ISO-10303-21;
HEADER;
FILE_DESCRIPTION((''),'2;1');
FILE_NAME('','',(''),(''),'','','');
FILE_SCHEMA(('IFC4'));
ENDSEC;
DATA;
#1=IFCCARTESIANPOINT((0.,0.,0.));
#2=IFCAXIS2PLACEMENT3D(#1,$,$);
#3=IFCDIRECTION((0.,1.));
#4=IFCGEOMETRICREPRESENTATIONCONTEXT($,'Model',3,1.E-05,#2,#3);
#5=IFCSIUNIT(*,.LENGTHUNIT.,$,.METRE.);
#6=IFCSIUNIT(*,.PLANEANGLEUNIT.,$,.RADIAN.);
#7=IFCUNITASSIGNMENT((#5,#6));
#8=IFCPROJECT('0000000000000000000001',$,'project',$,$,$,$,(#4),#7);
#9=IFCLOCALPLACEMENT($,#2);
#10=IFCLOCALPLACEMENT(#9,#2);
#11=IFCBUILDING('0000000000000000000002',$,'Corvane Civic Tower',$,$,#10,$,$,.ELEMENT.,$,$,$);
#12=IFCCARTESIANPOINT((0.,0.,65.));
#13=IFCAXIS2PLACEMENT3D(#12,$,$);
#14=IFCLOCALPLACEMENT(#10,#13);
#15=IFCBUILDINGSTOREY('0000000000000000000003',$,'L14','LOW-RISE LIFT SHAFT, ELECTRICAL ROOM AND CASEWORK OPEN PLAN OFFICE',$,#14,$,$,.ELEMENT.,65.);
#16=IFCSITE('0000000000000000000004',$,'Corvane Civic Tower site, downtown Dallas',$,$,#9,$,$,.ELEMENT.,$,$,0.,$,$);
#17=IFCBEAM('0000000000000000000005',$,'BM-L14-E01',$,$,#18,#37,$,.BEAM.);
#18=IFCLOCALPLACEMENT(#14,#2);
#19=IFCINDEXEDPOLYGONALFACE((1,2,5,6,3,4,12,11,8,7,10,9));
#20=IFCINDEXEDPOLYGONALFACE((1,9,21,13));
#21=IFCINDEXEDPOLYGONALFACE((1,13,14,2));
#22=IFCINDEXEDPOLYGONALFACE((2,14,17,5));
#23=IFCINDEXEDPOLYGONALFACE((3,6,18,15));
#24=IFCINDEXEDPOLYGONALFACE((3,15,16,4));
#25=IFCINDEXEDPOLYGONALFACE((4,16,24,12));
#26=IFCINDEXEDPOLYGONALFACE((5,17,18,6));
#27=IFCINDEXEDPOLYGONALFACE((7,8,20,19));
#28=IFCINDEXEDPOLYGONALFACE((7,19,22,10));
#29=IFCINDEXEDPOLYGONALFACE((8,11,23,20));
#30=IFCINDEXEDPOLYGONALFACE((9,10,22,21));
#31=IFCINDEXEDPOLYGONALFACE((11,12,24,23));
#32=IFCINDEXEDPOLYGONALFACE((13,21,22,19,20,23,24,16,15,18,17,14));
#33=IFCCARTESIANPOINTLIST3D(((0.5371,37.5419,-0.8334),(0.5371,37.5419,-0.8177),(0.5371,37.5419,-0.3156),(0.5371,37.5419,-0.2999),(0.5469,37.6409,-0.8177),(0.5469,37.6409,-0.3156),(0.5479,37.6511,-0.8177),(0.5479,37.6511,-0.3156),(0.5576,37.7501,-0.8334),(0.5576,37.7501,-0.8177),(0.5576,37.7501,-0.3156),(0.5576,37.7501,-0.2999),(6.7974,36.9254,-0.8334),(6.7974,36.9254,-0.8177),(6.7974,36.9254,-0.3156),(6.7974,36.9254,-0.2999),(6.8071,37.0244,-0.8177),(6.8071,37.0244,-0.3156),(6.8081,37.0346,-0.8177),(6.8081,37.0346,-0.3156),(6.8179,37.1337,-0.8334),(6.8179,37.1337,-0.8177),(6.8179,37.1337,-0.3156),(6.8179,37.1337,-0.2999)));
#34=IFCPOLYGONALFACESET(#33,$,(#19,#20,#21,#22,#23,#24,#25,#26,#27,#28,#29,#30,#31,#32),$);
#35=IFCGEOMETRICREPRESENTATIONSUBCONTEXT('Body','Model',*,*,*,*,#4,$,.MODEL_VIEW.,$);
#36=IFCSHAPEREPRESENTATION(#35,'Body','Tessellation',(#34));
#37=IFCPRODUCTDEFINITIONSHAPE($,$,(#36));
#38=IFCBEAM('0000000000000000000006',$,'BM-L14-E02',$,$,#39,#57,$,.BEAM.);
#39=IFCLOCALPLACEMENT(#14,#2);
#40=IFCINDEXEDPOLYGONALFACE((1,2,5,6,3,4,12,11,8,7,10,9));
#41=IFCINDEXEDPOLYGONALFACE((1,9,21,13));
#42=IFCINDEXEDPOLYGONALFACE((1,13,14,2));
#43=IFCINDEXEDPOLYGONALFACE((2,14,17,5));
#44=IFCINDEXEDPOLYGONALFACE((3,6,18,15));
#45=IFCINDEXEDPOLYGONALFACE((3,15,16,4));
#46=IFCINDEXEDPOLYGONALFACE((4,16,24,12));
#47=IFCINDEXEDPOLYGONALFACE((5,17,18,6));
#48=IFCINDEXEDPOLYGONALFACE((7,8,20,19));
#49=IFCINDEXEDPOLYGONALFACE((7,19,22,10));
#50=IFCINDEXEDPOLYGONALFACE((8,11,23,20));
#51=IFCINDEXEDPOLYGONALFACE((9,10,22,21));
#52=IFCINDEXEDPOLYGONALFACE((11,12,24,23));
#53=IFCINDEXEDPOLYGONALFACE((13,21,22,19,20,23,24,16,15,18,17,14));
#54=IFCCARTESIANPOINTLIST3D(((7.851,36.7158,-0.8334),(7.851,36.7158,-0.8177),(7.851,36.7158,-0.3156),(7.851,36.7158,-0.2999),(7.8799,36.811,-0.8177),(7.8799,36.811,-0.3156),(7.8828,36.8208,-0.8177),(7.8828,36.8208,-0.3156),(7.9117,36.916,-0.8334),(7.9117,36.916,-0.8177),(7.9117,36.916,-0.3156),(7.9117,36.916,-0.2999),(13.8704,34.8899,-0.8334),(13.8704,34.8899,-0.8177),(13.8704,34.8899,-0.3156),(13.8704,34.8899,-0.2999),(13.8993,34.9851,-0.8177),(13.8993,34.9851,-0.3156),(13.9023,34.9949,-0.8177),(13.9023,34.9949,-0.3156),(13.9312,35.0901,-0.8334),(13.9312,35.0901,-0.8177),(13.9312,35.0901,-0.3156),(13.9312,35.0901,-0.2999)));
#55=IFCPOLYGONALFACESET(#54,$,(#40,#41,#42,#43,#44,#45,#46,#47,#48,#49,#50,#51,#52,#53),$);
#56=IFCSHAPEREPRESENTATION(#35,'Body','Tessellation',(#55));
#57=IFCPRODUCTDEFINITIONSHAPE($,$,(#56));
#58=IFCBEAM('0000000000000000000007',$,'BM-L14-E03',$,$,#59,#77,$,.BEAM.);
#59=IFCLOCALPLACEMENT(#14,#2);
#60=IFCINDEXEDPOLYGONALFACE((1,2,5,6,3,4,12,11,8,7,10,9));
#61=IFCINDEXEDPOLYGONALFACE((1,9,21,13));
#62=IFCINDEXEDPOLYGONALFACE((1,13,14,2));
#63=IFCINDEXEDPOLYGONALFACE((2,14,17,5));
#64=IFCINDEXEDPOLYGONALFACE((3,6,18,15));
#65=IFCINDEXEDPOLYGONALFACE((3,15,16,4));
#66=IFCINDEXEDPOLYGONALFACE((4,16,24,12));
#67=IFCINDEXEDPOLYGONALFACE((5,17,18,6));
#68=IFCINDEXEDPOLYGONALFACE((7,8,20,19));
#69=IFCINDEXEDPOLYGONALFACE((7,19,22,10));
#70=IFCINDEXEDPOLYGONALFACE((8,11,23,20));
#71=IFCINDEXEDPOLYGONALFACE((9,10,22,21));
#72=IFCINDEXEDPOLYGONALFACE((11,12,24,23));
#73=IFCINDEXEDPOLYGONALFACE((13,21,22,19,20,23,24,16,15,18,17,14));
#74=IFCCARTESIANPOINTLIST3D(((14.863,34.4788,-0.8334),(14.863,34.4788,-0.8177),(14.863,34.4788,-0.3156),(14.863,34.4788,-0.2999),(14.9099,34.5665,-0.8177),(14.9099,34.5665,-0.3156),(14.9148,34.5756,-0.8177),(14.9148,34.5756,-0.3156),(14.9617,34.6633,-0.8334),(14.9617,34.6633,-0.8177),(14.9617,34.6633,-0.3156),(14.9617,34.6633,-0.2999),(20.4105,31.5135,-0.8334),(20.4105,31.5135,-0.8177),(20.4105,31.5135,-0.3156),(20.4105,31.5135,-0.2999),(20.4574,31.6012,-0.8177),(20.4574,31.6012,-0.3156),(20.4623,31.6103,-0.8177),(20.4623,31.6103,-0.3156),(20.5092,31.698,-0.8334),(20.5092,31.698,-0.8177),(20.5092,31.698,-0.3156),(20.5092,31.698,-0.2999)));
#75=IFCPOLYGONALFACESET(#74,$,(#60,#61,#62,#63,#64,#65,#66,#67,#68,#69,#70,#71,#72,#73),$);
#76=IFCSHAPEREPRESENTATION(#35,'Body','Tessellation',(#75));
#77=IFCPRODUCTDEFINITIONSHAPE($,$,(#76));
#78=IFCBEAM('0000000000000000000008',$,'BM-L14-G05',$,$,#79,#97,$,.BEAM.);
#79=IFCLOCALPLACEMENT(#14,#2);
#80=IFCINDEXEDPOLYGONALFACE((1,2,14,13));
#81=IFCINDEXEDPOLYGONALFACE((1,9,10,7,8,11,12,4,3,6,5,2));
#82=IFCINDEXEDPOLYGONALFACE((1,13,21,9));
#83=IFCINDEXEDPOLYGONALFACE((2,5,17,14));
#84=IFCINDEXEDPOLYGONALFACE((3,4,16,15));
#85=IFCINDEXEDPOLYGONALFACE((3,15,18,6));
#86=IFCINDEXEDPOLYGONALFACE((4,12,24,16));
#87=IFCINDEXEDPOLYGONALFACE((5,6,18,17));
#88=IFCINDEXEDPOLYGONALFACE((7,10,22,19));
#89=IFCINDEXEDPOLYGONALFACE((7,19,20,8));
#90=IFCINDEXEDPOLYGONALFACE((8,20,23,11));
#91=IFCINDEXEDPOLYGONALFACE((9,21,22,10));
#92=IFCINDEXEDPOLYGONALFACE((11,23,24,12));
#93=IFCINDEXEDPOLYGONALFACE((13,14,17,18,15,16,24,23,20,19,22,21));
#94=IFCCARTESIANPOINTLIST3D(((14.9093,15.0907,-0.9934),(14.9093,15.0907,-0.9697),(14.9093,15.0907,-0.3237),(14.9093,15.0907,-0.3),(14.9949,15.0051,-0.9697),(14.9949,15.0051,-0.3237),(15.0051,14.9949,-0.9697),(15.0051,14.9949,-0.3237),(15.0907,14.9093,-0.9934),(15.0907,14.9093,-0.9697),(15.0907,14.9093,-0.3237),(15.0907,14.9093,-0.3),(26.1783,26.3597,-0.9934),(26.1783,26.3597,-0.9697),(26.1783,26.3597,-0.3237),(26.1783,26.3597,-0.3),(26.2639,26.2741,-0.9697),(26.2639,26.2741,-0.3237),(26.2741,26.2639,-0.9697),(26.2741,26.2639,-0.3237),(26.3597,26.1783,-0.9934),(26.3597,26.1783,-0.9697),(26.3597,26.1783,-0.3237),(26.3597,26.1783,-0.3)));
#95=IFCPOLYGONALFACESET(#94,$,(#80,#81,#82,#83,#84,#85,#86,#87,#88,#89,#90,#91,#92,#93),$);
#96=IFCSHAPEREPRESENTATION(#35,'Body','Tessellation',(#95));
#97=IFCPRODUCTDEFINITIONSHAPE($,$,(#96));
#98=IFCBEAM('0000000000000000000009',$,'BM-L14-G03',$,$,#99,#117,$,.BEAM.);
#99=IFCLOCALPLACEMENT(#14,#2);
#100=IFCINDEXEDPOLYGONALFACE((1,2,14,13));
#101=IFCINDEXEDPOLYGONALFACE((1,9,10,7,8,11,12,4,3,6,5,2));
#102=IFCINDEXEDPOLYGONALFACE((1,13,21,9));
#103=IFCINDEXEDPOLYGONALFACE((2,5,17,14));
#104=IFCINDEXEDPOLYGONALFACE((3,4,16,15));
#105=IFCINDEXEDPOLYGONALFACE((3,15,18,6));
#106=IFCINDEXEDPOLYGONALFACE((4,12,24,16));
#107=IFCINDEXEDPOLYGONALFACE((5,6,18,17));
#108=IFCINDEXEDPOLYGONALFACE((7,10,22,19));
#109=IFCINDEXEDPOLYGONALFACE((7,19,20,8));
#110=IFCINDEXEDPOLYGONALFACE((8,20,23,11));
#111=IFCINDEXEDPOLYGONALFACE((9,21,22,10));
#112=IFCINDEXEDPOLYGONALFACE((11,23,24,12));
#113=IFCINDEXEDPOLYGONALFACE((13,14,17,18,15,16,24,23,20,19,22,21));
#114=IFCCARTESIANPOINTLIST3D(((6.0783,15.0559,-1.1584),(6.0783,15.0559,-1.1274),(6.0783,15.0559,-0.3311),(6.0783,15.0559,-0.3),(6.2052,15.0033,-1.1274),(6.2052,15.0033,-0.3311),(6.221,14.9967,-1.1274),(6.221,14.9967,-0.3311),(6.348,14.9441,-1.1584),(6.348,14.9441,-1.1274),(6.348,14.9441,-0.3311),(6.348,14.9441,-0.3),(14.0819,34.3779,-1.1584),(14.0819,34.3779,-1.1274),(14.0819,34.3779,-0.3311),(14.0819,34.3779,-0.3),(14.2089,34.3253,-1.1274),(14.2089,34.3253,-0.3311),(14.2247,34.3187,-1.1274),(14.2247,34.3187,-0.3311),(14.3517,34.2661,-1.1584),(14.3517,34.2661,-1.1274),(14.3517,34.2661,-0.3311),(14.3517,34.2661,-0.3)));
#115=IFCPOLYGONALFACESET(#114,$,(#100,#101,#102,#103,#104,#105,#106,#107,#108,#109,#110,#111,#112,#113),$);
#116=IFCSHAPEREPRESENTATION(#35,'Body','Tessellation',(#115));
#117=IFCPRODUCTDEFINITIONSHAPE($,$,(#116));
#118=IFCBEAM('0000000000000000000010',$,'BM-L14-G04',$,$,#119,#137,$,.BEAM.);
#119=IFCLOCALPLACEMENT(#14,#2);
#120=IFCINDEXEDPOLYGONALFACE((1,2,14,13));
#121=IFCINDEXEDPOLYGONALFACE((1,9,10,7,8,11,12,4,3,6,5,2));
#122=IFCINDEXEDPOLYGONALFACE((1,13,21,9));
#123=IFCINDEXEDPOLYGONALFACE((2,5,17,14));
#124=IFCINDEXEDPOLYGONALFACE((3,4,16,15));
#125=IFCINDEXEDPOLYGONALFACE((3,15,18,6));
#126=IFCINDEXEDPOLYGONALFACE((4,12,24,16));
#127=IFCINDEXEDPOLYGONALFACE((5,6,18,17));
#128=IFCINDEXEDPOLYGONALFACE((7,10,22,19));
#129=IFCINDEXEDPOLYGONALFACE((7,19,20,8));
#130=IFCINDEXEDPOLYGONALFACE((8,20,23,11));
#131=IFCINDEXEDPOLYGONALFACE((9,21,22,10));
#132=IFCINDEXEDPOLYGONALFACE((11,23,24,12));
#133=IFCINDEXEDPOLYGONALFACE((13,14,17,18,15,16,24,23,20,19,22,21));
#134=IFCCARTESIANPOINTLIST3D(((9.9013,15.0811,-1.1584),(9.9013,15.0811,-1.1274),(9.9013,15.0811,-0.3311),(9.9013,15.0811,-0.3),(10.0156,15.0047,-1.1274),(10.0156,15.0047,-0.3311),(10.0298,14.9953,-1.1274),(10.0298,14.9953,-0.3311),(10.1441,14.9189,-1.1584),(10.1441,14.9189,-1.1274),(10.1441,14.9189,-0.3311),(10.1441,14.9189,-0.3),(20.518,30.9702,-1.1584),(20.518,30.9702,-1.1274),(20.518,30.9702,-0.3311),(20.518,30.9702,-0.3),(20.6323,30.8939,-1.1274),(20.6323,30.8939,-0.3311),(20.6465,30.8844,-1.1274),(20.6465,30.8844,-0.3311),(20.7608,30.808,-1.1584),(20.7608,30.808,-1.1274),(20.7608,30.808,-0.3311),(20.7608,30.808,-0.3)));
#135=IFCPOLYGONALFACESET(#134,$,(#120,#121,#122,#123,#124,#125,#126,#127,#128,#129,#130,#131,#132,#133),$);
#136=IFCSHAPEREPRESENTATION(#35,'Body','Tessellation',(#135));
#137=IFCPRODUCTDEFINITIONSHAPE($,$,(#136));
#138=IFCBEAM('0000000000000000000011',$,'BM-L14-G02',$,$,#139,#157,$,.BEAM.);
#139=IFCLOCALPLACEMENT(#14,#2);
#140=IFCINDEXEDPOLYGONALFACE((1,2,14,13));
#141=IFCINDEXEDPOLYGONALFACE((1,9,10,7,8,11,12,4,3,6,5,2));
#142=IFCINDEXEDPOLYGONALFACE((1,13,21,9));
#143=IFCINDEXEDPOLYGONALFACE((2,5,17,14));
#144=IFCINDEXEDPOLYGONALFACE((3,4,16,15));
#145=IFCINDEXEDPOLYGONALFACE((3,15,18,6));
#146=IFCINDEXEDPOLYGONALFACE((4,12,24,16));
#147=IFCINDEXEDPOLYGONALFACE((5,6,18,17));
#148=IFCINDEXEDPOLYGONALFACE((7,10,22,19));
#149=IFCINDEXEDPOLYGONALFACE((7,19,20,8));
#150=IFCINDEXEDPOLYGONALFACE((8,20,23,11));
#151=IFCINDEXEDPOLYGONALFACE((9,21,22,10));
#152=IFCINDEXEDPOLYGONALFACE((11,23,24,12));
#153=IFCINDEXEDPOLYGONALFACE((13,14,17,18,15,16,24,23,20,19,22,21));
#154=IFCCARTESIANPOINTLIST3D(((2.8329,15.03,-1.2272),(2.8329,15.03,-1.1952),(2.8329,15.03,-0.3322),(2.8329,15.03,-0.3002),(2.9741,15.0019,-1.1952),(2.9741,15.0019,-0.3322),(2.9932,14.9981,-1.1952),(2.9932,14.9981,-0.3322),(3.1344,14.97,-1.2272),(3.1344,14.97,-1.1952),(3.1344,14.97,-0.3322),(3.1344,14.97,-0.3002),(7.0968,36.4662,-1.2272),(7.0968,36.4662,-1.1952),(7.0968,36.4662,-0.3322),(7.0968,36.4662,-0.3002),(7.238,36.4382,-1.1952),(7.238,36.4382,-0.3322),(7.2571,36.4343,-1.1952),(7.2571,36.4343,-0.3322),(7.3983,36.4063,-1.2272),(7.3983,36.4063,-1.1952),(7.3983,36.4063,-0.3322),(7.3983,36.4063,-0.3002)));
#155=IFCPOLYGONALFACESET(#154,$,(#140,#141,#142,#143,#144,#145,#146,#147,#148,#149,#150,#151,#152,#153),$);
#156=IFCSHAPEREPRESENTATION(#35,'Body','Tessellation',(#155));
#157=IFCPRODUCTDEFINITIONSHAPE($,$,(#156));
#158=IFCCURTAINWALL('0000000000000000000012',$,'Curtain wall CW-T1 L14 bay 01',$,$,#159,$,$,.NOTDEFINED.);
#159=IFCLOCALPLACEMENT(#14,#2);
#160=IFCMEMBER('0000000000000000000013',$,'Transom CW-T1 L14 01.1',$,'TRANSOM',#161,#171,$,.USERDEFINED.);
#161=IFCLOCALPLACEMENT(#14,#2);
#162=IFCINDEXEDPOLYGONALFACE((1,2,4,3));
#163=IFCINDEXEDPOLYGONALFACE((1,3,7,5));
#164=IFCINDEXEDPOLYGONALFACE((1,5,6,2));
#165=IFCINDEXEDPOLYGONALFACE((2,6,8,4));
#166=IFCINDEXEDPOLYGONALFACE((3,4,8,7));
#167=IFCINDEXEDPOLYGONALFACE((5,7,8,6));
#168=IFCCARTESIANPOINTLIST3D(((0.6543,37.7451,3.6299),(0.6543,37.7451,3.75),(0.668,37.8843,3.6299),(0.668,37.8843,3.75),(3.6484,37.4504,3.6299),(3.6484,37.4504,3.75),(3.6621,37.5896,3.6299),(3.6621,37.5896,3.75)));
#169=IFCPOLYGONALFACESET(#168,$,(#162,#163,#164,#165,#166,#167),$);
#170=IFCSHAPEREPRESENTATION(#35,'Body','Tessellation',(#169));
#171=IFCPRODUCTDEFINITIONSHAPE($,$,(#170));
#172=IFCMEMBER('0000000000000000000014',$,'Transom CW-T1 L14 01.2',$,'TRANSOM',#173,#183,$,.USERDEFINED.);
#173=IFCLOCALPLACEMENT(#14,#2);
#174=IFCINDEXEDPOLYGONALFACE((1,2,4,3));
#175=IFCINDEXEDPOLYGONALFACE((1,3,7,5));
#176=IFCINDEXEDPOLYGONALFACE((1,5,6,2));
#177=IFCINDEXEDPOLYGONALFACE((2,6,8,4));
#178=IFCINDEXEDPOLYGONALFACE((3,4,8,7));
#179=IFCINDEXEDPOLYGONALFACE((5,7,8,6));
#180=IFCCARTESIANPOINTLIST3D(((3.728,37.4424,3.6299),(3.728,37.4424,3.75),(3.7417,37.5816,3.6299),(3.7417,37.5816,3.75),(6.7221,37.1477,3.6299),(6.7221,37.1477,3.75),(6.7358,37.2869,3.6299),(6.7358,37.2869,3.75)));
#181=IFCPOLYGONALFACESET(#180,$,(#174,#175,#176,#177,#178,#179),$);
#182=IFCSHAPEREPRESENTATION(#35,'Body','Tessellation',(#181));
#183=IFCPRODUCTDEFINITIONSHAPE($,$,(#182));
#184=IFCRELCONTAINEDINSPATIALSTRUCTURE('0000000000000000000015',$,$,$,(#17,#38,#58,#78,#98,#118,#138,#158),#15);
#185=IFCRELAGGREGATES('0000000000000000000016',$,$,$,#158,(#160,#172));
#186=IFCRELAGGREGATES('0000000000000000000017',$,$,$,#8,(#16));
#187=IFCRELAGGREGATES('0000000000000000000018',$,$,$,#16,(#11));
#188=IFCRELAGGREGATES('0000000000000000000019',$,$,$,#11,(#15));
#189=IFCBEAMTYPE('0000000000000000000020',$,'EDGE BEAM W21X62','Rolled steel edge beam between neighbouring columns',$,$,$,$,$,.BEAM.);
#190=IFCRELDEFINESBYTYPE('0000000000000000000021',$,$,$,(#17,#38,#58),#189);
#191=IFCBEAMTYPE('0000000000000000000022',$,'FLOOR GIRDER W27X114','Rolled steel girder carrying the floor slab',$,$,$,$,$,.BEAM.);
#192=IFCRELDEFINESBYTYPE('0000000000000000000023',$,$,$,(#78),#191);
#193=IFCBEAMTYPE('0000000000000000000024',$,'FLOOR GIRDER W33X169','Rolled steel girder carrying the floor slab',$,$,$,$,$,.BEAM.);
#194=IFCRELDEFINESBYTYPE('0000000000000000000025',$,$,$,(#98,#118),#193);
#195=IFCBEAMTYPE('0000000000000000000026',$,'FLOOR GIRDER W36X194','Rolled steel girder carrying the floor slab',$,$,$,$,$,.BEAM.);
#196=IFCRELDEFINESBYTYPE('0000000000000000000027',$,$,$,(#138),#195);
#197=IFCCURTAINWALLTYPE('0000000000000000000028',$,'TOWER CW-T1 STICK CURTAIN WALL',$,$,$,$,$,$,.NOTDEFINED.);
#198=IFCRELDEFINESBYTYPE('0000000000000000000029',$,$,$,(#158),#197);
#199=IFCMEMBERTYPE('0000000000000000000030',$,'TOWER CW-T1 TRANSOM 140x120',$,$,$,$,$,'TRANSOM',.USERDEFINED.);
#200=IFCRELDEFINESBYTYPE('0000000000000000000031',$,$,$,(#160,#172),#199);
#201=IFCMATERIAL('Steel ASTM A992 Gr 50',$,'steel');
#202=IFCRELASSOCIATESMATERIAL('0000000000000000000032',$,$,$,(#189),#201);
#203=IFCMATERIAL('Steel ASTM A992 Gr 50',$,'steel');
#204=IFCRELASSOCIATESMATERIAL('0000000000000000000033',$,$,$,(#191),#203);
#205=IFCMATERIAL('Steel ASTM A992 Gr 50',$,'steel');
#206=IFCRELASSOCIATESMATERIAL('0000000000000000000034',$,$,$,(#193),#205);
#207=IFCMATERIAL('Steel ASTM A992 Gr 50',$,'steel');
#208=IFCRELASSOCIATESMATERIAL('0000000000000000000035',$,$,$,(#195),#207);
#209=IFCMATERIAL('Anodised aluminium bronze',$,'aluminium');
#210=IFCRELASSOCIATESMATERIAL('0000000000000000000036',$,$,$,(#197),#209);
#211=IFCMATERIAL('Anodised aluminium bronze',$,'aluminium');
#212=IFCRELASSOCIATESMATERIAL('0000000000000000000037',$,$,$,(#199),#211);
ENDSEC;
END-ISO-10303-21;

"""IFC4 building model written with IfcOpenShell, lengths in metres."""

from ifc_helpers import new_model, si_unit, direction, frame, origin, origin_2d, place, context, subcontext, project, spatial, rectangle, i_section, extrude, material, material_profile, profile_set, type_object, element, aggregate, save


model = new_model("IFC4")

# Units and contexts
model_context = context("Model", 3, precision=1e-05, world=origin(), true_north=direction((0.0, 1.0)))
body_context = subcontext(model_context, "Body", "Model", "MODEL_VIEW")
ifc_project = project(units=[si_unit("LENGTHUNIT", "METRE"), si_unit("PLANEANGLEUNIT", "RADIAN")], contexts=[model_context])

# Site, building, storey
site_placement = place(None, origin())
site = spatial("IfcSite", under=ifc_project, at=site_placement, Name="Corvane Civic Tower site, downtown Dallas", CompositionType="ELEMENT", RefElevation=0.0)
building_placement = place(site_placement, origin())
building = spatial("IfcBuilding", under=site, at=building_placement, Name="Corvane Civic Tower", CompositionType="ELEMENT")
storey_placement = place(building_placement, frame((0.0, 0.0, 65.0)))
storey = spatial("IfcBuildingStorey", under=building, at=storey_placement, Name="L14", Description="LOW-RISE LIFT SHAFT, ELECTRICAL ROOM AND CASEWORK OPEN PLAN OFFICE", CompositionType="ELEMENT", Elevation=65.0)

# Beams
ifc_material_1 = material(Name="Steel ASTM A992 Gr 50", Category="steel")
ifc_material_profile_1 = material_profile(ifc_material_1, i_section(OverallWidth=0.2092, OverallDepth=0.5334, WebThickness=0.0103, FlangeThickness=0.0156, at=origin_2d()), Name="W21X62")
ifc_profile_set_1 = profile_set([ifc_material_profile_1], Name="Steel ASTM A992 Gr 50")
beam_type_1 = type_object("IfcBeamType", Name="EDGE BEAM W21X62", Description="Rolled steel edge beam between neighbouring columns", PredefinedType="BEAM", material=ifc_profile_set_1)
beam_1_placement = place(storey_placement, frame((0.5474, 37.646, -0.5667), z_axis=(0.995187, -0.097997, 0.0), x_axis=(0.097997, 0.995187, 0.0)))
element("IfcBeam", 1, at=beam_1_placement, inside=storey, type_object=beam_type_1, Name="BM-L14-E01", PredefinedType="BEAM", context=body_context, shape_type="SweptSolid", body=[
    extrude(i_section(OverallWidth=0.2092, OverallDepth=0.5334, WebThickness=0.0103, FlangeThickness=0.0156, at=origin_2d()), origin(), (0.0, 0.0, 1.0), 6.2905),
])
for number, where, z_axis, x_axis, name in (
    (2, (7.8813, 36.8159, -0.5667), (0.956944, -0.290273, 0.0), (0.290273, 0.956944, 0.0), "BM-L14-E02"),
    (3, (14.9124, 34.571, -0.5667), (0.881916, -0.471406, 0.0), (0.471406, 0.881916, 0.0), "BM-L14-E03"),
):
    element("IfcBeam", number, at=place(storey_placement, frame(where, z_axis=z_axis, x_axis=x_axis)), inside=storey, type_object=beam_type_1, Name=name, PredefinedType="BEAM", context=body_context, shape_type="SweptSolid", body=[
        extrude(i_section(OverallWidth=0.2092, OverallDepth=0.5334, WebThickness=0.0103, FlangeThickness=0.0156, at=origin_2d()), origin(), (0.0, 0.0, 1.0), 6.2903),
    ])
ifc_material_2 = material(Name="Steel ASTM A992 Gr 50", Category="steel")
ifc_material_profile_2 = material_profile(ifc_material_2, i_section(OverallWidth=0.2566, OverallDepth=0.6934, WebThickness=0.0144, FlangeThickness=0.0237, at=origin_2d()), Name="W27X114")
ifc_profile_set_2 = profile_set([ifc_material_profile_2], Name="Steel ASTM A992 Gr 50")
beam_type_2 = type_object("IfcBeamType", Name="FLOOR GIRDER W27X114", Description="Rolled steel girder carrying the floor slab", PredefinedType="BEAM", material=ifc_profile_set_2)
beam_2_placement = place(storey_placement, frame((15.0, 15.0, -0.6467), z_axis=(0.707107, 0.707107, 0.0), x_axis=(-0.707107, 0.707107, 0.0)))
element("IfcBeam", 4, at=beam_2_placement, inside=storey, type_object=beam_type_2, Name="BM-L14-G05", PredefinedType="BEAM", context=body_context, shape_type="SweptSolid", body=[
    extrude(i_section(OverallWidth=0.2566, OverallDepth=0.6934, WebThickness=0.0144, FlangeThickness=0.0237, at=origin_2d()), origin(), (0.0, 0.0, 1.0), 15.9368),
])
ifc_material_3 = material(Name="Steel ASTM A992 Gr 50", Category="steel")
ifc_material_profile_3 = material_profile(ifc_material_3, i_section(OverallWidth=0.292, OverallDepth=0.8584, WebThickness=0.0171, FlangeThickness=0.031, at=origin_2d()), Name="W33X169")
ifc_profile_set_3 = profile_set([ifc_material_profile_3], Name="Steel ASTM A992 Gr 50")
beam_type_3 = type_object("IfcBeamType", Name="FLOOR GIRDER W33X169", Description="Rolled steel girder carrying the floor slab", PredefinedType="BEAM", material=ifc_profile_set_3)
beam_3_placement = place(storey_placement, frame((6.2131, 15.0, -0.7292), z_axis=(0.382692, 0.923876, 0.0), x_axis=(-0.923876, 0.382692, 0.0)))
element("IfcBeam", 5, at=beam_3_placement, inside=storey, type_object=beam_type_3, Name="BM-L14-G03", PredefinedType="BEAM", context=body_context, shape_type="SweptSolid", body=[
    extrude(i_section(OverallWidth=0.292, OverallDepth=0.8584, WebThickness=0.0171, FlangeThickness=0.031, at=origin_2d()), origin(), (0.0, 0.0, 1.0), 20.9141),
])
beam_4_placement = place(storey_placement, frame((10.0227, 15.0, -0.7292), z_axis=(0.555567, 0.831472, 0.0), x_axis=(-0.831472, 0.555567, 0.0)))
element("IfcBeam", 6, at=beam_4_placement, inside=storey, type_object=beam_type_3, Name="BM-L14-G04", PredefinedType="BEAM", context=body_context, shape_type="SweptSolid", body=[
    extrude(i_section(OverallWidth=0.292, OverallDepth=0.8584, WebThickness=0.0171, FlangeThickness=0.031, at=origin_2d()), origin(), (0.0, 0.0, 1.0), 19.1096),
])
ifc_material_4 = material(Name="Steel ASTM A992 Gr 50", Category="steel")
ifc_material_profile_4 = material_profile(ifc_material_4, i_section(OverallWidth=0.3074, OverallDepth=0.927, WebThickness=0.0195, FlangeThickness=0.032, at=origin_2d()), Name="W36X194")
ifc_profile_set_4 = profile_set([ifc_material_profile_4], Name="Steel ASTM A992 Gr 50")
beam_type_4 = type_object("IfcBeamType", Name="FLOOR GIRDER W36X194", Description="Rolled steel girder carrying the floor slab", PredefinedType="BEAM", material=ifc_profile_set_4)
beam_5_placement = place(storey_placement, frame((2.9836, 15.0, -0.7637), z_axis=(0.195089, 0.980785, 0.0), x_axis=(-0.980785, 0.195089, 0.0)))
element("IfcBeam", 7, at=beam_5_placement, inside=storey, type_object=beam_type_4, Name="BM-L14-G02", PredefinedType="BEAM", context=body_context, shape_type="SweptSolid", body=[
    extrude(i_section(OverallWidth=0.3074, OverallDepth=0.927, WebThickness=0.0195, FlangeThickness=0.032, at=origin_2d()), origin(), (0.0, 0.0, 1.0), 21.8562),
])

# Curtain wall, members
ifc_material_5 = material(Name="Anodised aluminium bronze", Category="aluminium")
curtain_wall_type = type_object("IfcCurtainWallType", Name="TOWER CW-T1 STICK CURTAIN WALL", PredefinedType="NOTDEFINED", material=ifc_material_5)
curtain_wall_1_placement = place(storey_placement, origin())
curtain_wall_1 = element("IfcCurtainWall", 8, at=curtain_wall_1_placement, inside=storey, type_object=curtain_wall_type, Name="Curtain wall CW-T1 L14 bay 01", PredefinedType="NOTDEFINED")
ifc_material_6 = material(Name="Anodised aluminium bronze", Category="aluminium")
ifc_material_profile_5 = material_profile(ifc_material_6, rectangle(XDim=0.1399, YDim=0.1201, at=origin_2d()), Name="TOWER CW-T1 TRANSOM 140x120")
ifc_profile_set_5 = profile_set([ifc_material_profile_5], Name="Anodised aluminium bronze")
member_type_1 = type_object("IfcMemberType", Name="TOWER CW-T1 TRANSOM 140x120", ElementType="TRANSOM", PredefinedType="USERDEFINED", material=ifc_profile_set_5)
member_1_placement = place(storey_placement, frame((0.6611, 37.8147, 3.6899), z_axis=(0.995192, -0.097945, 0.0), x_axis=(0.097945, 0.995192, 0.0)))
member_1 = element("IfcMember", 9, at=member_1_placement, type_object=member_type_1, Name="Transom CW-T1 L14 01.1", ObjectType="TRANSOM", PredefinedType="USERDEFINED", context=body_context, shape_type="SweptSolid", body=[
    extrude(rectangle(XDim=0.1399, YDim=0.1201, at=origin_2d()), origin(), (0.0, 0.0, 1.0), 3.0085),
])
member_2_placement = place(storey_placement, frame((3.7349, 37.512, 3.6899), z_axis=(0.995192, -0.097945, 0.0), x_axis=(0.097945, 0.995192, 0.0)))
member_2 = element("IfcMember", 10, at=member_2_placement, type_object=member_type_1, Name="Transom CW-T1 L14 01.2", ObjectType="TRANSOM", PredefinedType="USERDEFINED", context=body_context, shape_type="SweptSolid", body=[
    extrude(rectangle(XDim=0.1399, YDim=0.1201, at=origin_2d()), origin(), (0.0, 0.0, 1.0), 3.0085),
])

aggregate(curtain_wall_1, [member_1, member_2])

save(model, "model.ifc")
